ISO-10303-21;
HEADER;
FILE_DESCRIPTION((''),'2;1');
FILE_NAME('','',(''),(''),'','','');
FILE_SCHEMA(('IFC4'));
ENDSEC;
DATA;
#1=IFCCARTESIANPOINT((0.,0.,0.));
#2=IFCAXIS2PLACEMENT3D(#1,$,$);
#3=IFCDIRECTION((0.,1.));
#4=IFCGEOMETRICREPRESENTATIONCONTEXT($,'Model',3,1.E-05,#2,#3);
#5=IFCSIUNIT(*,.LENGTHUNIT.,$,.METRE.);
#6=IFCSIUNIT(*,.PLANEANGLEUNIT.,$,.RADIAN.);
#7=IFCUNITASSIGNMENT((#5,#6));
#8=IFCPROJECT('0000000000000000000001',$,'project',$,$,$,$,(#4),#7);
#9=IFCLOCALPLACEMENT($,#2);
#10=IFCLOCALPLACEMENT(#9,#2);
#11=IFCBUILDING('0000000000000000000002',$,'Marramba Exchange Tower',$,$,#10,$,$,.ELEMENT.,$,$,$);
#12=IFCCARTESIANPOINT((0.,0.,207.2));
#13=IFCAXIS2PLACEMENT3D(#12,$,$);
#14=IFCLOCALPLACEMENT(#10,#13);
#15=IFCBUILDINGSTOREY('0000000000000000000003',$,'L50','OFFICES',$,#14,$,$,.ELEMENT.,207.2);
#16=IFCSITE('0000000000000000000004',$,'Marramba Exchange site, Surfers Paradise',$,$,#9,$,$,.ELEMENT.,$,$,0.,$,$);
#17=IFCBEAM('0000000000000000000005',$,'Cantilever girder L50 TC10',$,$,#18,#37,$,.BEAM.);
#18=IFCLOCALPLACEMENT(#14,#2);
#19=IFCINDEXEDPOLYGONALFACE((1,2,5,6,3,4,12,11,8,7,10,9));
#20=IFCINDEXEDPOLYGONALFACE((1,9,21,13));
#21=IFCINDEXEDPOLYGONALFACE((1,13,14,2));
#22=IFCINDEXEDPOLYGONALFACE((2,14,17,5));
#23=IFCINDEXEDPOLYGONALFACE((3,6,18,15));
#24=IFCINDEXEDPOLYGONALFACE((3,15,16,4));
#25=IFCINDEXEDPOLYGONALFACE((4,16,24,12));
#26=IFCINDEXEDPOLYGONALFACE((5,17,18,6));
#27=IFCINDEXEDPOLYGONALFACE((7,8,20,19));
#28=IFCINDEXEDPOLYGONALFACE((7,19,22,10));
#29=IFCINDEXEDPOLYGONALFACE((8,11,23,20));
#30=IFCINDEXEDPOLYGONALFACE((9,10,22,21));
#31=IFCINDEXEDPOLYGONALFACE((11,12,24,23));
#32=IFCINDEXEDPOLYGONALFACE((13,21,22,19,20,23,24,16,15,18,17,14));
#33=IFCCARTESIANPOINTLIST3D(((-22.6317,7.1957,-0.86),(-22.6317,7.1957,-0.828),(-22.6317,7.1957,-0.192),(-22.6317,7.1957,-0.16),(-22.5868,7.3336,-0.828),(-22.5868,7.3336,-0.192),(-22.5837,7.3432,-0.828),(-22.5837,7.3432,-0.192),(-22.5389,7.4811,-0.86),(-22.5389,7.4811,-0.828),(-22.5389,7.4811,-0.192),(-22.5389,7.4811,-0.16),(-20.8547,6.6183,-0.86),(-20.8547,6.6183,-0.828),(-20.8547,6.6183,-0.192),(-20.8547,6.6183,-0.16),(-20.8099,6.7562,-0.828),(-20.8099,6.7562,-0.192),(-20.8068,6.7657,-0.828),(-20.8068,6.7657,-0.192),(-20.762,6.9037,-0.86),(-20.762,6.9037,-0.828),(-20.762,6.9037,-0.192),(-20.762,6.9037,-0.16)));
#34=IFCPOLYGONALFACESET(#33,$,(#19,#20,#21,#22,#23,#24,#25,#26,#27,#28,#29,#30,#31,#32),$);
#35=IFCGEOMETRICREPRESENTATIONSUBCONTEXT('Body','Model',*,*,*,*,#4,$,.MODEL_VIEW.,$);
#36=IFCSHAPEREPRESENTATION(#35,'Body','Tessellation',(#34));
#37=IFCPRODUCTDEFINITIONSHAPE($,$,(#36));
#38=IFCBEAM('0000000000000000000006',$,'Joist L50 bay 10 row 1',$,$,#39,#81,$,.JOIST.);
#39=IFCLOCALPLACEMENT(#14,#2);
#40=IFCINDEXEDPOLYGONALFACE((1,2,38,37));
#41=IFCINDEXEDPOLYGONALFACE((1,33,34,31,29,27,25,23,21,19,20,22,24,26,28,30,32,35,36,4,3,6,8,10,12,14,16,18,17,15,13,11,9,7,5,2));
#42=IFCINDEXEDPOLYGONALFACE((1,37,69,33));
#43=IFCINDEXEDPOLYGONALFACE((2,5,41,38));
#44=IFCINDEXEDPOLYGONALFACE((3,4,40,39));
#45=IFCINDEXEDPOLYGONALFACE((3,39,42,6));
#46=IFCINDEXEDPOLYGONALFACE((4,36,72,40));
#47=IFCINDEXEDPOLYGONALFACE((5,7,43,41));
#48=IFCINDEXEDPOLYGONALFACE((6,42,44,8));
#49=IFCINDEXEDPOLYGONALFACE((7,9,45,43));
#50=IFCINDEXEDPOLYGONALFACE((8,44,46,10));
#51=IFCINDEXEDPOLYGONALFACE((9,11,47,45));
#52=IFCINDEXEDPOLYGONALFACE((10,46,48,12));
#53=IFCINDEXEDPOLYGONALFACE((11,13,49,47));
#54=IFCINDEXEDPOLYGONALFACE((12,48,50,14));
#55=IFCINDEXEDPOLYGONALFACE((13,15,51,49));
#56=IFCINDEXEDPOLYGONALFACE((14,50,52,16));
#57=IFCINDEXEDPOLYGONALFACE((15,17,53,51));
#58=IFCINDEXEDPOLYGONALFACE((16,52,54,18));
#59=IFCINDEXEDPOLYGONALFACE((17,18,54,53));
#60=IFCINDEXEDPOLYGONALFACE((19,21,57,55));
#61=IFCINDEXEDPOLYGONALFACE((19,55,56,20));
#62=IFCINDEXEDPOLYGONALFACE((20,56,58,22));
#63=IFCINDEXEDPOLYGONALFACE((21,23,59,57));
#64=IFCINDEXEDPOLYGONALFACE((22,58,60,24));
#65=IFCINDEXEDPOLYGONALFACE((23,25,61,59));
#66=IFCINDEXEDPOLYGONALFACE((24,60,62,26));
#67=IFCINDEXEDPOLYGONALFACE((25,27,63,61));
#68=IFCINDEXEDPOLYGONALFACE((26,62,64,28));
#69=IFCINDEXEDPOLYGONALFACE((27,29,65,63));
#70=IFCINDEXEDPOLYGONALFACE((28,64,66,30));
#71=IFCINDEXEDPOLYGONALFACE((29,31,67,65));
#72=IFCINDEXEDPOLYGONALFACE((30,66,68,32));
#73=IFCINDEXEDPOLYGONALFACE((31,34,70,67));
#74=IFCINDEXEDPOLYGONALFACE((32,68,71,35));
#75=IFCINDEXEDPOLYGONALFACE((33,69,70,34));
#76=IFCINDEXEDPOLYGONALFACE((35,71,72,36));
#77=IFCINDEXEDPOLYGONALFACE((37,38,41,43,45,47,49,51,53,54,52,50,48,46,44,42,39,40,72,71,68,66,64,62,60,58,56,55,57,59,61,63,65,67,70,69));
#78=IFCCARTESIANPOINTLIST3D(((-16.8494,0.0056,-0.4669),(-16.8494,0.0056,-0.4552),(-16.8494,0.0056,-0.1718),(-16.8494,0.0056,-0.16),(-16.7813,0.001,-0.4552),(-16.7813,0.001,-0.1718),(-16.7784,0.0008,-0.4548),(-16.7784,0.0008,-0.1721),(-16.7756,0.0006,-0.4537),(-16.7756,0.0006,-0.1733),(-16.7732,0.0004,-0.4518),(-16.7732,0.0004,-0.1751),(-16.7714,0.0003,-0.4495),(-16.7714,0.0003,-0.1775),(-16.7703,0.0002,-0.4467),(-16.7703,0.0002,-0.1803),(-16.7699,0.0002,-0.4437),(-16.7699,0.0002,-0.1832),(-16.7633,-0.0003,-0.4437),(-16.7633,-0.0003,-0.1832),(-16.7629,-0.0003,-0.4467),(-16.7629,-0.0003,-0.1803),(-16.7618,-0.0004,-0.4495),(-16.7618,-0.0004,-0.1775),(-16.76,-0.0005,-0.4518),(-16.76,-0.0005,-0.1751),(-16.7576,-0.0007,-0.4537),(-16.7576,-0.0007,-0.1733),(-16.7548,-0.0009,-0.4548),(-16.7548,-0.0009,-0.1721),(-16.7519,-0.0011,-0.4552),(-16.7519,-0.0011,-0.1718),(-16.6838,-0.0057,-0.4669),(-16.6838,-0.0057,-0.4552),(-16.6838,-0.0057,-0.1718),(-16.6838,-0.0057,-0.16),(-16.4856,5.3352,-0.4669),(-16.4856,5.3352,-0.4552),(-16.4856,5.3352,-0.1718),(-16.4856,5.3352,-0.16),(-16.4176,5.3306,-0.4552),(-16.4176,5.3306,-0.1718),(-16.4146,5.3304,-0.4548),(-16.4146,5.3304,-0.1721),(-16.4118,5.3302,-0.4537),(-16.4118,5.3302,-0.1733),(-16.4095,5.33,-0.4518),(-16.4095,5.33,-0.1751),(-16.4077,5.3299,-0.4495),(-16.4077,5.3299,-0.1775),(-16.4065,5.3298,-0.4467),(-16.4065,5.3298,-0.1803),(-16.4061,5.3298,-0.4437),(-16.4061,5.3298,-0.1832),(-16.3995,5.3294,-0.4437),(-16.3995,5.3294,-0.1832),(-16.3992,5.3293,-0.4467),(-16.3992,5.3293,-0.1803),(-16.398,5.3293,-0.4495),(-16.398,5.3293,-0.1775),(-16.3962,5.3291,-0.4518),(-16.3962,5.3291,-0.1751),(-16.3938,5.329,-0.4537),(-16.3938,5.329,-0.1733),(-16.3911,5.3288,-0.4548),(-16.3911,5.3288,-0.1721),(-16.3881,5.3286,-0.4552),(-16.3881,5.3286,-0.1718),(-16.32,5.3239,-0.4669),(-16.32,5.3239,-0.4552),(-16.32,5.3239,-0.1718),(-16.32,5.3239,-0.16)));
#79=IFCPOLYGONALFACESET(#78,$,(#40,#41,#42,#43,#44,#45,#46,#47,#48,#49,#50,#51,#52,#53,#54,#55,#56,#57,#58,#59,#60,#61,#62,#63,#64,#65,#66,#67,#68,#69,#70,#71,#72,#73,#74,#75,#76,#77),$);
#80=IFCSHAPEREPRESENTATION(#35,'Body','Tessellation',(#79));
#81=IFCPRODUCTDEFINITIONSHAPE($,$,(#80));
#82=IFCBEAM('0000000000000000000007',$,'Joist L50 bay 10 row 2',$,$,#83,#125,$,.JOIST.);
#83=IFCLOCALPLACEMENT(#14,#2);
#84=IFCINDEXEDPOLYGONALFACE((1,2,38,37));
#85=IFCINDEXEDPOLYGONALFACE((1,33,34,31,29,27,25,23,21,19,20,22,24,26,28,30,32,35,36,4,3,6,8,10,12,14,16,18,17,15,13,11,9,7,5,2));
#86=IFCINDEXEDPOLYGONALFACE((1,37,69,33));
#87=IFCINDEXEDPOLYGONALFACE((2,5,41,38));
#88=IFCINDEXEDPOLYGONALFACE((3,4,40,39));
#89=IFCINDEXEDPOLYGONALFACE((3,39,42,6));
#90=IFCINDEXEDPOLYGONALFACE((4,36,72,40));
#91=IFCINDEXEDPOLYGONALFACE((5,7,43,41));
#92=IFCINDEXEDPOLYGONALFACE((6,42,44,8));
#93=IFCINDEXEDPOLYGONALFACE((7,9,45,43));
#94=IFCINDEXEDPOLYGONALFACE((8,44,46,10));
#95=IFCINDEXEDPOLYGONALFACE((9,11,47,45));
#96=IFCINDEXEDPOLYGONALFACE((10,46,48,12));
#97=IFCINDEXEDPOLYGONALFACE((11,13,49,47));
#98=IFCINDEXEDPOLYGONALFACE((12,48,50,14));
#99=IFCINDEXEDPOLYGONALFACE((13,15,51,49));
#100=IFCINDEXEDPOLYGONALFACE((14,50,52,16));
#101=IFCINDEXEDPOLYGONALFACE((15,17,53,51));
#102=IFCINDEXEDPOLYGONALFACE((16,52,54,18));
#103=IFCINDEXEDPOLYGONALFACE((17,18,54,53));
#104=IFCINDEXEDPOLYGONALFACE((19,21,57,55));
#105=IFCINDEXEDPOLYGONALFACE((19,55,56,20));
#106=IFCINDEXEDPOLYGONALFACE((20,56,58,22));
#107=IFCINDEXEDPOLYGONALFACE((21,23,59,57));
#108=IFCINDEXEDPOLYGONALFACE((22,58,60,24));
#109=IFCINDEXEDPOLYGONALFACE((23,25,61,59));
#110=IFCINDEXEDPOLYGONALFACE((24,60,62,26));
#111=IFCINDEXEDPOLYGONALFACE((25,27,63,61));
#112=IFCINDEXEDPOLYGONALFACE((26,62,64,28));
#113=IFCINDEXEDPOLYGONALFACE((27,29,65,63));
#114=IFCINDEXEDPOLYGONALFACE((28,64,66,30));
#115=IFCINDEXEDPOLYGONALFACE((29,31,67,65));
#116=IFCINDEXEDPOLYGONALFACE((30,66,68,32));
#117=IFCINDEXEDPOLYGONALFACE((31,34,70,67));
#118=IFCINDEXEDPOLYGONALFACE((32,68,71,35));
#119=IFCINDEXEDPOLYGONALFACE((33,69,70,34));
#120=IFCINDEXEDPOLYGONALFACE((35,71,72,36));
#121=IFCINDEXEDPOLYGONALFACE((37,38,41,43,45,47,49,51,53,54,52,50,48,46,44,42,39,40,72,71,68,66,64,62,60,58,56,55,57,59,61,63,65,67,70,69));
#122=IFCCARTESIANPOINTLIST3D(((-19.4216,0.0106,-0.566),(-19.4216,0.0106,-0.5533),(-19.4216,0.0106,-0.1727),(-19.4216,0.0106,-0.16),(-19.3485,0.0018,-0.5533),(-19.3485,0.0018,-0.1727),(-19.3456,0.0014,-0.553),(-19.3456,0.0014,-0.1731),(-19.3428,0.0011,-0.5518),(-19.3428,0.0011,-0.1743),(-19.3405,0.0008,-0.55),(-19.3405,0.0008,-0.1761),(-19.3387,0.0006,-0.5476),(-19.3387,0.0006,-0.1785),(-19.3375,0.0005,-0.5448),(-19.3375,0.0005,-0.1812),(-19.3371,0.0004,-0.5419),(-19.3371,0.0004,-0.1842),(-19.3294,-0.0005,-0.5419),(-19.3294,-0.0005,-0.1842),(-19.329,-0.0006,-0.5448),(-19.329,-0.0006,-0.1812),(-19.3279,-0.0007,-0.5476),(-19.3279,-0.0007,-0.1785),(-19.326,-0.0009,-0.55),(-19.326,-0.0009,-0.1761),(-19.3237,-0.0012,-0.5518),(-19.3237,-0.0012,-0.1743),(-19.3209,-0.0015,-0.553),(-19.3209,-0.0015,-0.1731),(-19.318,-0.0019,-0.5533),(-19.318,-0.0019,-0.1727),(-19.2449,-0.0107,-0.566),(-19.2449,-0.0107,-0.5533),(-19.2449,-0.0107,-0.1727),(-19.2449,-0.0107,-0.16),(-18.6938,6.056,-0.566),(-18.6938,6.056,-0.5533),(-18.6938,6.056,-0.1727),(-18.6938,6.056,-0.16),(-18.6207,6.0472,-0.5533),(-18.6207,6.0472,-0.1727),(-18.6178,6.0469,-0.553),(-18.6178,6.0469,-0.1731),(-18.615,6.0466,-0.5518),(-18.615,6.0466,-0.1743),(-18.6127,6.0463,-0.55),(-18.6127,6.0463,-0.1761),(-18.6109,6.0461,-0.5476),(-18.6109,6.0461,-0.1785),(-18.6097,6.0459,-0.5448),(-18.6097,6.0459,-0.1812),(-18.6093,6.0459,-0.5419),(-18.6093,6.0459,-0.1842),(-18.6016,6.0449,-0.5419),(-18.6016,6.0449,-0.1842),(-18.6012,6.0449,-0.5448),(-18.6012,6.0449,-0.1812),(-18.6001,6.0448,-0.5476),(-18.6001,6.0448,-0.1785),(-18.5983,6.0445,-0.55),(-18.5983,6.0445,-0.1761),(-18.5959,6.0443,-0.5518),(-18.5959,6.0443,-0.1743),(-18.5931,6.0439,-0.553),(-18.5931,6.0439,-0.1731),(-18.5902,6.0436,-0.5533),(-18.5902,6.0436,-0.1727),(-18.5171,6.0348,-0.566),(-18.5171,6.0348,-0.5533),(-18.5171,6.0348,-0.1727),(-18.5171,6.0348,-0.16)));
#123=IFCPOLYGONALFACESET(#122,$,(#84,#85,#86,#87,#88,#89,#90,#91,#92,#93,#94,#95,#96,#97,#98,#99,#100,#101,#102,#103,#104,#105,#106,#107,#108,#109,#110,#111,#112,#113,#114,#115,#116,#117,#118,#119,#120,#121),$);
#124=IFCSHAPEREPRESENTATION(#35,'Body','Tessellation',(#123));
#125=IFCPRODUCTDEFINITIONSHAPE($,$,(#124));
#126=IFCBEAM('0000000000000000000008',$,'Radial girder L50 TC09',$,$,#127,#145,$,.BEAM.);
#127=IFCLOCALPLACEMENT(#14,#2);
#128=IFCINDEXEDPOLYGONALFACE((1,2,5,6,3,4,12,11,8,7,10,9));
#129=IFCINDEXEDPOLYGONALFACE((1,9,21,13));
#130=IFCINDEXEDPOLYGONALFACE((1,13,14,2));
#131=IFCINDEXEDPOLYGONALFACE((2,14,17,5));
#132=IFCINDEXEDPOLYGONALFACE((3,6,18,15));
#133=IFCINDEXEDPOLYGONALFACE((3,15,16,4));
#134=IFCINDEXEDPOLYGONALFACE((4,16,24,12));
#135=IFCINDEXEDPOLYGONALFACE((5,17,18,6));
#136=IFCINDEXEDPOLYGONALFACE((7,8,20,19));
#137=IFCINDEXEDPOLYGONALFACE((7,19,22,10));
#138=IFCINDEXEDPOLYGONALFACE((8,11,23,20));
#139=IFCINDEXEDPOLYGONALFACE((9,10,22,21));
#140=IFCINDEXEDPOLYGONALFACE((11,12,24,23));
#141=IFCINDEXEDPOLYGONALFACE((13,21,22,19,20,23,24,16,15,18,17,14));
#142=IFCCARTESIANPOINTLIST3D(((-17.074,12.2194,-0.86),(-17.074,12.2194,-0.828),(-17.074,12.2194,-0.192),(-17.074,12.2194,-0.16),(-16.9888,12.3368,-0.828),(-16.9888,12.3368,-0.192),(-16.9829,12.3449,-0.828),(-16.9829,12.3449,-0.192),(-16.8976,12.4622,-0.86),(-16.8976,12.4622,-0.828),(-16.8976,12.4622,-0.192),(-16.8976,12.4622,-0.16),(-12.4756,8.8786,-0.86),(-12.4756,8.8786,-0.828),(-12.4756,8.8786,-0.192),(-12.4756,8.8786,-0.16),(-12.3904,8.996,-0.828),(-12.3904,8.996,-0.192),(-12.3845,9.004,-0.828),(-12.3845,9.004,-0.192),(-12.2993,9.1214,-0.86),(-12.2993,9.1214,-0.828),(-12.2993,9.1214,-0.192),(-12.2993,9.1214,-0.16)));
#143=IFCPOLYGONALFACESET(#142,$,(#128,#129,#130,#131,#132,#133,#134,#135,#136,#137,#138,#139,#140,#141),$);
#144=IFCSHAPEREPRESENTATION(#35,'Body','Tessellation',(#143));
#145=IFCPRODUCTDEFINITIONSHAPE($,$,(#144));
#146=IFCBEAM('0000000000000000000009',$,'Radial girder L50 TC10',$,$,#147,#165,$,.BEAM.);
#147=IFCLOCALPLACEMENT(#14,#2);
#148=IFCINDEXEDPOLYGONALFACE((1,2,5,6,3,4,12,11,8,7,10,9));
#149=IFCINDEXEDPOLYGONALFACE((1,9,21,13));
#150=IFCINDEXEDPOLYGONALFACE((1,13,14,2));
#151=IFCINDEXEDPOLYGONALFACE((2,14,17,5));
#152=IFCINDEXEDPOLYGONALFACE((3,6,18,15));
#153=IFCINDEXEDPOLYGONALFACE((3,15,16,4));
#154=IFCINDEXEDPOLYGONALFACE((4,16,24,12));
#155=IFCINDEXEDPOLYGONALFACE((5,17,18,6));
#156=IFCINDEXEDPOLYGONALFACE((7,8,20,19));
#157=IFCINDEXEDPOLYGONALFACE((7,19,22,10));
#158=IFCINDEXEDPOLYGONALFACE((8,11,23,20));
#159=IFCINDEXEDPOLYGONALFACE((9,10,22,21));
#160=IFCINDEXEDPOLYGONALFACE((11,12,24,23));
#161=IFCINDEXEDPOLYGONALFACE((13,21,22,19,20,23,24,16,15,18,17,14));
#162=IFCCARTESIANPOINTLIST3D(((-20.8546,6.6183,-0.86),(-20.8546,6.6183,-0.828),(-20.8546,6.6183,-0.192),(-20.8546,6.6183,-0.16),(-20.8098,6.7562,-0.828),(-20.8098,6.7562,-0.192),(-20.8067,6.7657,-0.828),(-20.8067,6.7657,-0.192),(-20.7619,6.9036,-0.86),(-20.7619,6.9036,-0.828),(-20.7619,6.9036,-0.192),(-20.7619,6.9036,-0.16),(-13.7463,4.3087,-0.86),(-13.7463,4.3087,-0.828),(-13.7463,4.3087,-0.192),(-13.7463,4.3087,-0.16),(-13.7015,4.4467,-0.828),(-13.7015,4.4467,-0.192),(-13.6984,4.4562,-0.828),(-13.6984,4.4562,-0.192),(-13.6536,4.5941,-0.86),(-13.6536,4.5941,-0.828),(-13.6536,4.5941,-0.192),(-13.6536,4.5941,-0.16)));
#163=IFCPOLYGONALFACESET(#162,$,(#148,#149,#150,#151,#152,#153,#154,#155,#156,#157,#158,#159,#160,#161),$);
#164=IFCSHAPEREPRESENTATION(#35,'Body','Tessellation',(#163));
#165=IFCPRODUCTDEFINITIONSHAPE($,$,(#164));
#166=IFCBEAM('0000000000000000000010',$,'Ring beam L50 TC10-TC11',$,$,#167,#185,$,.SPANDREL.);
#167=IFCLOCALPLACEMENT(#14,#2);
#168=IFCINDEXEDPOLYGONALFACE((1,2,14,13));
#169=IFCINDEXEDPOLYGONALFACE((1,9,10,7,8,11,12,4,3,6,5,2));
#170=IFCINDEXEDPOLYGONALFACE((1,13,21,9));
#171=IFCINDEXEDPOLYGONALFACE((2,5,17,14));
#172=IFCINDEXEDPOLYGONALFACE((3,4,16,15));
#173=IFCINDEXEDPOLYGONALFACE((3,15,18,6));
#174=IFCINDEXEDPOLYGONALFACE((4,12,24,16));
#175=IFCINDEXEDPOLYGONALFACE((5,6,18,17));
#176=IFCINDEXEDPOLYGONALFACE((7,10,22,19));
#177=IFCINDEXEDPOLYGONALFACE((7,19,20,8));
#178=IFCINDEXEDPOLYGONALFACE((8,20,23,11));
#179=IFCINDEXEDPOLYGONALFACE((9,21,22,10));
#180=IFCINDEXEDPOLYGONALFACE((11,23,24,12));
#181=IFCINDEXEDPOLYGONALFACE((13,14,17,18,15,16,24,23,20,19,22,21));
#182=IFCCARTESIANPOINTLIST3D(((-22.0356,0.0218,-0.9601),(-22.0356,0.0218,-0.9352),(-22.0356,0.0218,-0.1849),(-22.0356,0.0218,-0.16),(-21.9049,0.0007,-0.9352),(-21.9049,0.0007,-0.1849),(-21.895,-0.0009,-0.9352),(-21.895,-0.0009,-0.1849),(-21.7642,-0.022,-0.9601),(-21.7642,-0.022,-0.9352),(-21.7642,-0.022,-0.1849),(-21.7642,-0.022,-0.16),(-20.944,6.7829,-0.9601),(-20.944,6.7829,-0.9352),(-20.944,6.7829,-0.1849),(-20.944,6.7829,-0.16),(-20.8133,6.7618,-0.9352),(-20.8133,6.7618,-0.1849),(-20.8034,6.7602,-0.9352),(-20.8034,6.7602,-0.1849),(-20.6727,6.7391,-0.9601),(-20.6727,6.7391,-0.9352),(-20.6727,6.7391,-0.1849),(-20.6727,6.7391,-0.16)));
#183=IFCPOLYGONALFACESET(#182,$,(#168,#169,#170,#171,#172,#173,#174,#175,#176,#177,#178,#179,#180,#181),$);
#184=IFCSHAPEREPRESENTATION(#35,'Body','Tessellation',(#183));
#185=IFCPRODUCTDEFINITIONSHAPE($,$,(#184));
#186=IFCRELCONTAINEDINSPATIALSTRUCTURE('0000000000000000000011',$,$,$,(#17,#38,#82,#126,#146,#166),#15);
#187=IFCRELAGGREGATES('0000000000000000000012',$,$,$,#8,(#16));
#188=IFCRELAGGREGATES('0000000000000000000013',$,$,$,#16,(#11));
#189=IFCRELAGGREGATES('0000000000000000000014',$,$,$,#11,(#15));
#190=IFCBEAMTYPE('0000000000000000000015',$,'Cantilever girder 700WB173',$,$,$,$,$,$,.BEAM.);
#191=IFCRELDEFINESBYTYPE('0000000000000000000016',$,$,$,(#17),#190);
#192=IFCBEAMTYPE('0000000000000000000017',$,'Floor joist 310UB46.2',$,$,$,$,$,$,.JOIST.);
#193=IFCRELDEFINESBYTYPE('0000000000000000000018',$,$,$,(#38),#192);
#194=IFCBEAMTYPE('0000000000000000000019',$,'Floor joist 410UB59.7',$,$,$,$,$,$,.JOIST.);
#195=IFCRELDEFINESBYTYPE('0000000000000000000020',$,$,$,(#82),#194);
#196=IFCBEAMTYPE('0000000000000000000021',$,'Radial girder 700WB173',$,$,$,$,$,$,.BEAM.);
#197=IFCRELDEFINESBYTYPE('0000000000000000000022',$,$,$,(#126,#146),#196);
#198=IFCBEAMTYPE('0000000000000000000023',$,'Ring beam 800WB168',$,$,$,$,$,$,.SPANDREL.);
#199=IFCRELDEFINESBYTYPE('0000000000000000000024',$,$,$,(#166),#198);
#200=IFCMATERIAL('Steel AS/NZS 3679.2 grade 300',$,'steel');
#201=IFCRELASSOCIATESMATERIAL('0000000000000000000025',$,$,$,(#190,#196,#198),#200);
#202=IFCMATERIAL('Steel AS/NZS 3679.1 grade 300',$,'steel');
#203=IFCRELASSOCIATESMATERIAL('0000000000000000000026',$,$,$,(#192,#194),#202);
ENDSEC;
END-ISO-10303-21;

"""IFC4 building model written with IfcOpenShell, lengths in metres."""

from ifc_helpers import new_model, si_unit, direction, frame, origin, origin_2d, place, context, subcontext, project, spatial, i_section, extrude, material, material_profile, profile_set, type_object, element, save


model = new_model("IFC4")

# Units and contexts
model_context = context("Model", 3, precision=1e-05, world=origin(), true_north=direction((0.0, 1.0)))
body_context = subcontext(model_context, "Body", "Model", "MODEL_VIEW")
ifc_project = project(units=[si_unit("LENGTHUNIT", "METRE"), si_unit("PLANEANGLEUNIT", "RADIAN")], contexts=[model_context])

# Site, building, storey
site_placement = place(None, origin())
site = spatial("IfcSite", under=ifc_project, at=site_placement, Name="Marramba Exchange site, Surfers Paradise", CompositionType="ELEMENT", RefElevation=0.0)
building_placement = place(site_placement, origin())
building = spatial("IfcBuilding", under=site, at=building_placement, Name="Marramba Exchange Tower", CompositionType="ELEMENT")
storey_placement = place(building_placement, frame((0.0, 0.0, 207.2)))
storey = spatial("IfcBuildingStorey", under=building, at=storey_placement, Name="L50", Description="OFFICES", CompositionType="ELEMENT", Elevation=207.2)

# Beams
ifc_material_1 = material(Name="Steel AS/NZS 3679.2 grade 300", Category="steel")
ifc_material_profile_1 = material_profile(ifc_material_1, i_section(OverallWidth=0.3, OverallDepth=0.7, WebThickness=0.01, FlangeThickness=0.032, at=origin_2d()), Name="700WB173")
ifc_profile_set_1 = profile_set([ifc_material_profile_1], Name="Steel AS/NZS 3679.2 grade 300")
beam_type_1 = type_object("IfcBeamType", Name="Cantilever girder 700WB173", PredefinedType="BEAM", material=ifc_profile_set_1)
beam_1_placement = place(storey_placement, frame((-20.8083, 6.761, -0.51), z_axis=(-0.951048, 0.309045, 0.0), x_axis=(-0.309045, -0.951048, 0.0)))
element("IfcBeam", 1, at=beam_1_placement, inside=storey, type_object=beam_type_1, Name="Cantilever girder L50 TC10", PredefinedType="BEAM", context=body_context, shape_type="SweptSolid", body=[
    extrude(i_section(OverallWidth=0.3, OverallDepth=0.7, WebThickness=0.01, FlangeThickness=0.032, at=origin_2d()), origin(), (0.0, 0.0, 1.0), 1.8684),
])
ifc_material_2 = material(Name="Steel AS/NZS 3679.1 grade 300", Category="steel")
ifc_material_profile_2 = material_profile(ifc_material_2, i_section(OverallWidth=0.166, OverallDepth=0.3069, WebThickness=0.0066, FlangeThickness=0.0117, FilletRadius=0.0115, at=origin_2d()), Name="310UB46.2")
ifc_profile_set_2 = profile_set([ifc_material_profile_2], Name="Steel AS/NZS 3679.1 grade 300")
beam_type_2 = type_object("IfcBeamType", Name="Floor joist 310UB46.2", PredefinedType="JOIST", material=ifc_profile_set_2)
beam_2_placement = place(storey_placement, frame((-16.4028, 5.3296, -0.3135), z_axis=(-0.068096, -0.997679, 0.0), x_axis=(0.997679, -0.068096, 0.0)))
element("IfcBeam", 2, at=beam_2_placement, inside=storey, type_object=beam_type_2, Name="Joist L50 bay 10 row 1", PredefinedType="JOIST", context=body_context, shape_type="SweptSolid", body=[
    extrude(i_section(OverallWidth=0.166, OverallDepth=0.3069, WebThickness=0.0066, FlangeThickness=0.0117, FilletRadius=0.0115, at=origin_2d()), origin(), (0.0, 0.0, 1.0), 5.342),
])
ifc_material_profile_3 = material_profile(ifc_material_2, i_section(OverallWidth=0.178, OverallDepth=0.406, WebThickness=0.0078, FlangeThickness=0.0127, FilletRadius=0.0115, at=origin_2d()), Name="410UB59.7")
ifc_profile_set_3 = profile_set([ifc_material_profile_3], Name="Steel AS/NZS 3679.1 grade 300")
beam_type_3 = type_object("IfcBeamType", Name="Floor joist 410UB59.7", PredefinedType="JOIST", material=ifc_profile_set_3)
beam_3_placement = place(storey_placement, frame((-18.6055, 6.0454, -0.363), z_axis=(-0.119523, -0.992831, 0.0), x_axis=(0.992831, -0.119523, 0.0)))
element("IfcBeam", 3, at=beam_3_placement, inside=storey, type_object=beam_type_3, Name="Joist L50 bay 10 row 2", PredefinedType="JOIST", context=body_context, shape_type="SweptSolid", body=[
    extrude(i_section(OverallWidth=0.178, OverallDepth=0.406, WebThickness=0.0078, FlangeThickness=0.0127, FilletRadius=0.0115, at=origin_2d()), origin(), (0.0, 0.0, 1.0), 6.0891),
])
ifc_material_profile_4 = material_profile(ifc_material_1, i_section(OverallWidth=0.3, OverallDepth=0.7, WebThickness=0.01, FlangeThickness=0.032, at=origin_2d()), Name="700WB173")
ifc_profile_set_4 = profile_set([ifc_material_profile_4], Name="Steel AS/NZS 3679.2 grade 300")
beam_type_4 = type_object("IfcBeamType", Name="Radial girder 700WB173", PredefinedType="BEAM", material=ifc_profile_set_4)
beam_4_placement = place(storey_placement, frame((-12.3875, 9.0, -0.51), z_axis=(-0.809026, 0.587773, 0.0), x_axis=(-0.587773, -0.809026, 0.0)))
element("IfcBeam", 4, at=beam_4_placement, inside=storey, type_object=beam_type_4, Name="Radial girder L50 TC09", PredefinedType="BEAM", context=body_context, shape_type="SweptSolid", body=[
    extrude(i_section(OverallWidth=0.3, OverallDepth=0.7, WebThickness=0.01, FlangeThickness=0.032, at=origin_2d()), origin(), (0.0, 0.0, 1.0), 5.6838),
])
beam_5_placement = place(storey_placement, frame((-13.7, 4.4514, -0.51), z_axis=(-0.95106, 0.309006, 0.0), x_axis=(-0.309006, -0.95106, 0.0)))
element("IfcBeam", 5, at=beam_5_placement, inside=storey, type_object=beam_type_4, Name="Radial girder L50 TC10", PredefinedType="BEAM", context=body_context, shape_type="SweptSolid", body=[
    extrude(i_section(OverallWidth=0.3, OverallDepth=0.7, WebThickness=0.01, FlangeThickness=0.032, at=origin_2d()), origin(), (0.0, 0.0, 1.0), 7.4741),
])
ifc_material_profile_5 = material_profile(ifc_material_1, i_section(OverallWidth=0.2749, OverallDepth=0.8, WebThickness=0.01, FlangeThickness=0.0249, at=origin_2d()), Name="800WB168")
ifc_profile_set_5 = profile_set([ifc_material_profile_5], Name="Steel AS/NZS 3679.2 grade 300")
beam_type_5 = type_object("IfcBeamType", Name="Ring beam 800WB168", PredefinedType="SPANDREL", material=ifc_profile_set_5)
beam_6_placement = place(storey_placement, frame((-20.8083, 6.761, -0.5601), z_axis=(-0.159385, -0.987217, 0.0), x_axis=(0.987217, -0.159385, 0.0)))
element("IfcBeam", 6, at=beam_6_placement, inside=storey, type_object=beam_type_5, Name="Ring beam L50 TC10-TC11", PredefinedType="SPANDREL", context=body_context, shape_type="SweptSolid", body=[
    extrude(i_section(OverallWidth=0.2749, OverallDepth=0.8, WebThickness=0.01, FlangeThickness=0.0249, at=origin_2d()), origin(), (0.0, 0.0, 1.0), 6.8486),
])

save(model, "model.ifc")
